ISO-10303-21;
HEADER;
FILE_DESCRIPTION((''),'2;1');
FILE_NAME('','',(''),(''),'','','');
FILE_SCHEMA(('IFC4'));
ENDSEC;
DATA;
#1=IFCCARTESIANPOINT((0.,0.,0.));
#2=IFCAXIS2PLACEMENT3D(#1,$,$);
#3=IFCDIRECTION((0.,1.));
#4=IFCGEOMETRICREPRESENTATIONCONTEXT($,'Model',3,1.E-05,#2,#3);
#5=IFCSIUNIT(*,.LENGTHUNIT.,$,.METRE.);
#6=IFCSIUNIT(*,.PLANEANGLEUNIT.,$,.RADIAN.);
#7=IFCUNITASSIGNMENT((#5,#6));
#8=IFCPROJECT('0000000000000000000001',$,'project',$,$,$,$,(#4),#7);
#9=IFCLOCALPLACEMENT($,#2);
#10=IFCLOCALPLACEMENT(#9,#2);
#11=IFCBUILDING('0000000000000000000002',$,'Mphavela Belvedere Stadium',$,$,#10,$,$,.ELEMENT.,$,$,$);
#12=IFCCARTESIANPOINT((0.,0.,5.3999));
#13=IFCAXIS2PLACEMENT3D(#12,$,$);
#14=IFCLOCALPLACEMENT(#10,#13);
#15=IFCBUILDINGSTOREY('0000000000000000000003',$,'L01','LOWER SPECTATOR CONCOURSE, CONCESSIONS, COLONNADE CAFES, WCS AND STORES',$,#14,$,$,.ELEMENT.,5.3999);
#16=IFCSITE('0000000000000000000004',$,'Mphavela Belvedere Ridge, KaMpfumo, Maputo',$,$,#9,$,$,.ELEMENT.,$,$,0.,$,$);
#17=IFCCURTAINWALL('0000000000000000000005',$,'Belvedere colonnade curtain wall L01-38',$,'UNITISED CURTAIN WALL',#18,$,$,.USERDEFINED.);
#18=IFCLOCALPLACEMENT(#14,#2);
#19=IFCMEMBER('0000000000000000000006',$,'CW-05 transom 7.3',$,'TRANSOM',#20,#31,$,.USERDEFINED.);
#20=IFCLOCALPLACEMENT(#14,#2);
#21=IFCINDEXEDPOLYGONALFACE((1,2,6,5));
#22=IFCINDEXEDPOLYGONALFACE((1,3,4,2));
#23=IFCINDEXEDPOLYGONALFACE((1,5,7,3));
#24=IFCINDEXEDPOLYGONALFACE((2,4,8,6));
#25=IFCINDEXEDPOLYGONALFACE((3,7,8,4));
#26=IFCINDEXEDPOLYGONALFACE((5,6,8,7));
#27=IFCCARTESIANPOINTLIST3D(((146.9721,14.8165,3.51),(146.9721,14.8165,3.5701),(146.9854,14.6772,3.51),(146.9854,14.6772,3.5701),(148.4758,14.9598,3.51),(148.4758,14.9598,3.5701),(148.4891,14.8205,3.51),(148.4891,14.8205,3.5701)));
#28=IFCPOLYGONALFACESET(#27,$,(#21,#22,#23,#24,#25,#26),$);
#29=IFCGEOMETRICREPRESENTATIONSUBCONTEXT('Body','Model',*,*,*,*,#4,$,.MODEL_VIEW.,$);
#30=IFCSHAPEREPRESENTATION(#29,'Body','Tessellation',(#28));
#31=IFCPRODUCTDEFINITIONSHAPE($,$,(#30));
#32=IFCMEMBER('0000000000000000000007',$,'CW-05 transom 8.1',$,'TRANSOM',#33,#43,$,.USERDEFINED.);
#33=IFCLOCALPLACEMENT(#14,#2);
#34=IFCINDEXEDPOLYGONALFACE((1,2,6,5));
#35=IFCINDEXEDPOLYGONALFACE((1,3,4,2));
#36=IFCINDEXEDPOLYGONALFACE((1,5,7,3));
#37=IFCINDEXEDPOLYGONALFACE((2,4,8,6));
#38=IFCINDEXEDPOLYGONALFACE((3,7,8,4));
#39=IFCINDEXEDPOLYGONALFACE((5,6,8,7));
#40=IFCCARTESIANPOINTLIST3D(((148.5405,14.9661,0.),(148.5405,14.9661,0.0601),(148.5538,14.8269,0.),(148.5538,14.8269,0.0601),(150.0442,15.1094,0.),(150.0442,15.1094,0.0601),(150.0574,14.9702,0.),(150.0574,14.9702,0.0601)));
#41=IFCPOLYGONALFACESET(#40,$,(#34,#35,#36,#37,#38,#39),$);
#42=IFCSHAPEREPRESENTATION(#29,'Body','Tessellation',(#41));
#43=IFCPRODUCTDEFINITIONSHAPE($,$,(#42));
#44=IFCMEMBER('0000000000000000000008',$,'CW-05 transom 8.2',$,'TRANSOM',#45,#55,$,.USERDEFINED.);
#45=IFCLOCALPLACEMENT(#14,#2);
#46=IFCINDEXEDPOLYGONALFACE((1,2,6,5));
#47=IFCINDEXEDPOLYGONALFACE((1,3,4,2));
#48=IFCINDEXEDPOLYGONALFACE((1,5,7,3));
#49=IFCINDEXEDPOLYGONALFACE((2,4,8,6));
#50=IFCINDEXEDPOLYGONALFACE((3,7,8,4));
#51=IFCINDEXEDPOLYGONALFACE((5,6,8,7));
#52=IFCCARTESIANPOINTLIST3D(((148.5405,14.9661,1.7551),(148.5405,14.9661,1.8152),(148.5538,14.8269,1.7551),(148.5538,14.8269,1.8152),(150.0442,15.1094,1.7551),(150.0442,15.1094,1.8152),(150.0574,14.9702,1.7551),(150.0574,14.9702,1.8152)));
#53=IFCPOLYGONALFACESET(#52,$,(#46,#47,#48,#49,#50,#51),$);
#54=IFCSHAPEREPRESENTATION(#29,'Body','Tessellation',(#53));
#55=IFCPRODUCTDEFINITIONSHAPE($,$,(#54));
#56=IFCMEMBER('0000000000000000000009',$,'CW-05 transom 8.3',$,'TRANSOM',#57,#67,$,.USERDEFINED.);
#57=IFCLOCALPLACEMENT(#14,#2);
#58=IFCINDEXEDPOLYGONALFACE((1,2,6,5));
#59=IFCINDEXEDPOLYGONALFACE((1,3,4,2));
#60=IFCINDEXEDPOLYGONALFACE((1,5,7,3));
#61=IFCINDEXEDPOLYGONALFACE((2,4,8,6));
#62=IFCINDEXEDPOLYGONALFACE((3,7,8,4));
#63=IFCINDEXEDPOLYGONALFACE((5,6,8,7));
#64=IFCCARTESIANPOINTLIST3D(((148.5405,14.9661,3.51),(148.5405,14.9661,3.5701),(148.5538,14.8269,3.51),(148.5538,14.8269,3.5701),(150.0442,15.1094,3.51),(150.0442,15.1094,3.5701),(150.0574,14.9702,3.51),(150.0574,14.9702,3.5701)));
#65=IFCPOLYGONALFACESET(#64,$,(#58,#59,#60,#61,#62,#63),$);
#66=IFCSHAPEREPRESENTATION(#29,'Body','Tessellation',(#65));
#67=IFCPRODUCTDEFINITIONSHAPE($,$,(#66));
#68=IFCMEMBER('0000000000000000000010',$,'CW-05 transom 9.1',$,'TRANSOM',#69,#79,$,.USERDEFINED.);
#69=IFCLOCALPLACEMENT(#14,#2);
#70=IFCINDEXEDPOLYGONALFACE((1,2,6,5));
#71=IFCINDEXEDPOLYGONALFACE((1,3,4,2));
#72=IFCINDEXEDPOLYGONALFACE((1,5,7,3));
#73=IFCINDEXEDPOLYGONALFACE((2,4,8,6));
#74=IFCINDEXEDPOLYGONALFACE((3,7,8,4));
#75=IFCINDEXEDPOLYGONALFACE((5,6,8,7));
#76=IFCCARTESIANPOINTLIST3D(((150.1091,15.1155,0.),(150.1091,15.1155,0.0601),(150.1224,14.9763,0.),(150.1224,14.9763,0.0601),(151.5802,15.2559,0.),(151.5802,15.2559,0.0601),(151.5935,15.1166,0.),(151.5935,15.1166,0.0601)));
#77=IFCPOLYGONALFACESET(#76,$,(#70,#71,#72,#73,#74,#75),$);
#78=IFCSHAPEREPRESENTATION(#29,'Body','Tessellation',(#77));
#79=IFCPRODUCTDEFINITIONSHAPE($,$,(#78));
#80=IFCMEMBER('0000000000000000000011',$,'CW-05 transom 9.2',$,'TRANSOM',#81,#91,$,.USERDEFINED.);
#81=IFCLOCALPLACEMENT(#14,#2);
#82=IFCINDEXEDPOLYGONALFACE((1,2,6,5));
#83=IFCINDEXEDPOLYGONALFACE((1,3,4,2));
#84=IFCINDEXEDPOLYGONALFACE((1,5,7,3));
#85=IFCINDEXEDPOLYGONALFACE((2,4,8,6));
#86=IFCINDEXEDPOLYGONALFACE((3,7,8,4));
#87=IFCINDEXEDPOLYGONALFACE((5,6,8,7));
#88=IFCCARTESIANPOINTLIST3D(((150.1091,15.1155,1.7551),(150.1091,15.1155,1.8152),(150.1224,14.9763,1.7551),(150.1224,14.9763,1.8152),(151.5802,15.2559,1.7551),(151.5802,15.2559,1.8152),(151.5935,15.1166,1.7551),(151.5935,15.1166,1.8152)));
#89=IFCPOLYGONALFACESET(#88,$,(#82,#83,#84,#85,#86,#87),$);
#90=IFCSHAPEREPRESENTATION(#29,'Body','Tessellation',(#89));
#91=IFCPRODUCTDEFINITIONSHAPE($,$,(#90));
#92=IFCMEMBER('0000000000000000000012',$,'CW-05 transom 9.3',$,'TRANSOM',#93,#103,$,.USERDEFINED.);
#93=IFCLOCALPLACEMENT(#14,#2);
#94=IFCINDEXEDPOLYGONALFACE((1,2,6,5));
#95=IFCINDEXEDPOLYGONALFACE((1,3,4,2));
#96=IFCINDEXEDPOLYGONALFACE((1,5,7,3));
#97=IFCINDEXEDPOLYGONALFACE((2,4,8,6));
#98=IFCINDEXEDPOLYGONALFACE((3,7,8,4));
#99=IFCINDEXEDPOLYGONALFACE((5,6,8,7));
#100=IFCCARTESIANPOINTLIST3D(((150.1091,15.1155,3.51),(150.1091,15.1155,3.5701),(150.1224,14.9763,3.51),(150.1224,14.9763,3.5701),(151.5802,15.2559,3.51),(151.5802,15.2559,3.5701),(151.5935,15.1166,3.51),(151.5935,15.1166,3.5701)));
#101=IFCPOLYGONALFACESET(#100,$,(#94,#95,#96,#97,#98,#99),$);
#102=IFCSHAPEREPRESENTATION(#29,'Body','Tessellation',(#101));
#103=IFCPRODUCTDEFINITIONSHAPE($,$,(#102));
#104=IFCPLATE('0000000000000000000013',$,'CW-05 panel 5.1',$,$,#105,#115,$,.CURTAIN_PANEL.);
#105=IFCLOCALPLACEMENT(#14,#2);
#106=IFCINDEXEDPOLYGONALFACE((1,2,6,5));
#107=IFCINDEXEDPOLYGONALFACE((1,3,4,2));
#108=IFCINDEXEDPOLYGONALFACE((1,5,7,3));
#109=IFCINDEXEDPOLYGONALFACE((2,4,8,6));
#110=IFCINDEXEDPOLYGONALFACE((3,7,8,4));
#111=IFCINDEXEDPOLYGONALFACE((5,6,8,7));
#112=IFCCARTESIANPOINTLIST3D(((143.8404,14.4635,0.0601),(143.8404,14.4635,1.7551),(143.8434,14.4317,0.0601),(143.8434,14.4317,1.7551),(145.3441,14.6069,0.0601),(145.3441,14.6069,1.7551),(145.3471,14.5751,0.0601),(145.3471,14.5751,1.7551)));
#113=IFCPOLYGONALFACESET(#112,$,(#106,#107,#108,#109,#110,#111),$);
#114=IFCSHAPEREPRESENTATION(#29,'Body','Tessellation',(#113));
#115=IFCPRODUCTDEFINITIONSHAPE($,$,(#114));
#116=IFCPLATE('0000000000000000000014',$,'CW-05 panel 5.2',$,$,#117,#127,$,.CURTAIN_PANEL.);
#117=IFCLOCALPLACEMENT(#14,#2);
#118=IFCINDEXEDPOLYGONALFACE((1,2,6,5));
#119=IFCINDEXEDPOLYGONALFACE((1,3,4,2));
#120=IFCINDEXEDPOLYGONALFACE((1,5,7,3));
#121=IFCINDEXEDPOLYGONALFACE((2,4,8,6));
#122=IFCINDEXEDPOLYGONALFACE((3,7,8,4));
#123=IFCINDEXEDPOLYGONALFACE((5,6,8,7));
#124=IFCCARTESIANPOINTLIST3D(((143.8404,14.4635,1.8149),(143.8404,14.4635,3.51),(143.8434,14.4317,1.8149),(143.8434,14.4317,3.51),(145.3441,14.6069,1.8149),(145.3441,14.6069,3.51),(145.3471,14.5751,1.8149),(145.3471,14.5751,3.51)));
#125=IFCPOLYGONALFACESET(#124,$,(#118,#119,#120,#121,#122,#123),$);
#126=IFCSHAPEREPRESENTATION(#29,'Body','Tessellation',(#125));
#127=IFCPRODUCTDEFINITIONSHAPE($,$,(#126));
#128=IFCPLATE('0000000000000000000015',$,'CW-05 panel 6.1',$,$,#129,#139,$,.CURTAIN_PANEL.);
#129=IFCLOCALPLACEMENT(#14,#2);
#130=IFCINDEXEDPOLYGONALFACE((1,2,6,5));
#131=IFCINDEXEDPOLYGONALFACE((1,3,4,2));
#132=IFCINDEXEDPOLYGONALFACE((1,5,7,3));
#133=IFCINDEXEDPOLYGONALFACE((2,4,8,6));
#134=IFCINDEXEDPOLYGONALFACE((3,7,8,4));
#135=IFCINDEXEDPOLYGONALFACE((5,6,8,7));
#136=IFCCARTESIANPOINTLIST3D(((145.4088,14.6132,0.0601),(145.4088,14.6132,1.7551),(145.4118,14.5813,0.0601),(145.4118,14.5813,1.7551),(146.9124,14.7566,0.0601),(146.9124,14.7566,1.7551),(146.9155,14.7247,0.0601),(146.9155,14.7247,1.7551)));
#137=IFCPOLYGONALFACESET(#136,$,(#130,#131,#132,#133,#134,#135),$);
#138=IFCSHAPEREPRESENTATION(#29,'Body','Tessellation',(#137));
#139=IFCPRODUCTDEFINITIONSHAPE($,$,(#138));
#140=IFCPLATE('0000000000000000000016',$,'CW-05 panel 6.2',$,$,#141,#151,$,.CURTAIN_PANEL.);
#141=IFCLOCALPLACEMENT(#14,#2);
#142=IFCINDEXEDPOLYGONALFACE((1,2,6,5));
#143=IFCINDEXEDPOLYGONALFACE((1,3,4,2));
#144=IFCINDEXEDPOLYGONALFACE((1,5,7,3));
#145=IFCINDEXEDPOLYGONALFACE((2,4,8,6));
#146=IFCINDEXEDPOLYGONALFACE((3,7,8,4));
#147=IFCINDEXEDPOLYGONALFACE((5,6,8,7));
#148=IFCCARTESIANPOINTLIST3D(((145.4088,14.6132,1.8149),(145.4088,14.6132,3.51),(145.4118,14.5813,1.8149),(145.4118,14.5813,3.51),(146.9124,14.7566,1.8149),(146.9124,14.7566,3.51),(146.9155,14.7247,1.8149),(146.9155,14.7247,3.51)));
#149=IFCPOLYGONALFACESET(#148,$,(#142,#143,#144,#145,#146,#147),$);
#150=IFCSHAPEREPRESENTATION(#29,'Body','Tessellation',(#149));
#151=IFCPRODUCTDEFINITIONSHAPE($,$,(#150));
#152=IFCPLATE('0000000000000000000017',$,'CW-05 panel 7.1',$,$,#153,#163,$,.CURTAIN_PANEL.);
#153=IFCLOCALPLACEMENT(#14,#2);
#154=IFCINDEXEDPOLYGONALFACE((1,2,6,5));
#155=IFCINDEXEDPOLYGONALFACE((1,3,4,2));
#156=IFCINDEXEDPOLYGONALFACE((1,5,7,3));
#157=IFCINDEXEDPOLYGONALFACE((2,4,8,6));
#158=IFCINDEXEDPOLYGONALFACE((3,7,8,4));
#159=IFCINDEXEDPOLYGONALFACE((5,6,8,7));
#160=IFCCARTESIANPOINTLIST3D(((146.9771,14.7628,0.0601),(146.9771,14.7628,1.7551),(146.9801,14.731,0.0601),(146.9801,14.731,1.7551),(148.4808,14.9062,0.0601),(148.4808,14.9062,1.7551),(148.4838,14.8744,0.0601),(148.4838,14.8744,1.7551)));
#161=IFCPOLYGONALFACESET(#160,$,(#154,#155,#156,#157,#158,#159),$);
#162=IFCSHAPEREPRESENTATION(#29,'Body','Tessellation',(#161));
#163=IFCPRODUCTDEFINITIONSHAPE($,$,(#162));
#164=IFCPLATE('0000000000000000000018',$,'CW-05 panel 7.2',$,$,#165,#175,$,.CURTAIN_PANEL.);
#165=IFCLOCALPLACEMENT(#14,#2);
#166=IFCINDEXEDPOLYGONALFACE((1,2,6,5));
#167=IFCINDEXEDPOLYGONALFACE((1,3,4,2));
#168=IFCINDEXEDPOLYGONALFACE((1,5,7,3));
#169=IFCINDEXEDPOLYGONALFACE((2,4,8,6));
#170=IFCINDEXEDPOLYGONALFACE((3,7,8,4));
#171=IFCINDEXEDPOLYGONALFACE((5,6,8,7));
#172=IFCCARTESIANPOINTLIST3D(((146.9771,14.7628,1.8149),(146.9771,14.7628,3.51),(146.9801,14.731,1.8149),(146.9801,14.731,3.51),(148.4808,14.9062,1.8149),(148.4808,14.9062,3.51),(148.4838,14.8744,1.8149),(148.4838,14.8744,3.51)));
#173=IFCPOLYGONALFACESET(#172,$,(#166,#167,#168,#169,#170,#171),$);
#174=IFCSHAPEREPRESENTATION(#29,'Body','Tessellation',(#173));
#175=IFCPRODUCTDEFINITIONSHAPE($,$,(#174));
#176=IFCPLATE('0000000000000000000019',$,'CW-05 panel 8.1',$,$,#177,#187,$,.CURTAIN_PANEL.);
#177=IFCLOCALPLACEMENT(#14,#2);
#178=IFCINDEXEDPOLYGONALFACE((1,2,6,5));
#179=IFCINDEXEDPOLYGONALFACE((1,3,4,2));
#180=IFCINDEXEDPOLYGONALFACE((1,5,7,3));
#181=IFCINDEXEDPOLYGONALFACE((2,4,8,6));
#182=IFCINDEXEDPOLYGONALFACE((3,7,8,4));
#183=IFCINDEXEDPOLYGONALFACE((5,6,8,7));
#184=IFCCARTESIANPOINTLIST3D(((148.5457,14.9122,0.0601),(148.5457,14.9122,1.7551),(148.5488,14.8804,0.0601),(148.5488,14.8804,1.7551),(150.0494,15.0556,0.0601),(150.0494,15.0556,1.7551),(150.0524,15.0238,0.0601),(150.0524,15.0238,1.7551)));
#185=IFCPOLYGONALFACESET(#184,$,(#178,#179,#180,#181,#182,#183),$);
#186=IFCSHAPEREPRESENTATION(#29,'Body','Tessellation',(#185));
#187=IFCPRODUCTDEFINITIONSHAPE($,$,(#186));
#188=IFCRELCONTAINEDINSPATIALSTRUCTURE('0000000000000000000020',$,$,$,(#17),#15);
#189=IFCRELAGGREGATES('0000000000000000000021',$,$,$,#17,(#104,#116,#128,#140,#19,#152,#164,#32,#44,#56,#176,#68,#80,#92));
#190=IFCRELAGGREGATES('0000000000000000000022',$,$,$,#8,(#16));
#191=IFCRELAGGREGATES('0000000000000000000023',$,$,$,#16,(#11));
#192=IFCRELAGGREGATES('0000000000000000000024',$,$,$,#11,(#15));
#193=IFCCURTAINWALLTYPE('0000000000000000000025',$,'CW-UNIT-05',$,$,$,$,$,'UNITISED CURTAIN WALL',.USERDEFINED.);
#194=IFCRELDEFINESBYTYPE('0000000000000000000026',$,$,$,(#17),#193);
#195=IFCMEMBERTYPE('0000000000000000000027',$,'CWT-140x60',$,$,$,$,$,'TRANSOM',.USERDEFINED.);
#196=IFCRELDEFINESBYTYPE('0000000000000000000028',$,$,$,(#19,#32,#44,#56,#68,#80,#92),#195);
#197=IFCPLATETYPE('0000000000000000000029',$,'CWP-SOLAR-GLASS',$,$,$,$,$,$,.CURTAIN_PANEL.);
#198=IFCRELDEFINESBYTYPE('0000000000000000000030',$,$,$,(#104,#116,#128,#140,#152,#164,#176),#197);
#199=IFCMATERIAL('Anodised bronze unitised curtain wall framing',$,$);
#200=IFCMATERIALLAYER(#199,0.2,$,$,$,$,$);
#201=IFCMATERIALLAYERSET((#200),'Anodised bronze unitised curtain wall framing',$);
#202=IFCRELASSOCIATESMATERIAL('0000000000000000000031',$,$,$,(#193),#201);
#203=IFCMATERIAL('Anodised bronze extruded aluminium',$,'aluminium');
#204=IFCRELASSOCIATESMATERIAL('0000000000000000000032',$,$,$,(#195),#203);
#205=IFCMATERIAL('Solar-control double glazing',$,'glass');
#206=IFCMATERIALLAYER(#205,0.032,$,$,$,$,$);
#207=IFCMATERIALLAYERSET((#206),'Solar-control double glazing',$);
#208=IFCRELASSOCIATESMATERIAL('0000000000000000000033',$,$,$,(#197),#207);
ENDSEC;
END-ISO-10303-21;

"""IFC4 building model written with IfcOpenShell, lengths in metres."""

from ifc_helpers import new_model, si_unit, direction, frame, origin, origin_2d, place, context, subcontext, project, spatial, rectangle, extrude, material, layer, layer_set, material_profile, profile_set, type_object, element, aggregate, save


model = new_model("IFC4")

# Units and contexts
model_context = context("Model", 3, precision=1e-05, world=origin(), true_north=direction((0.0, 1.0)))
body_context = subcontext(model_context, "Body", "Model", "MODEL_VIEW")
ifc_project = project(units=[si_unit("LENGTHUNIT", "METRE"), si_unit("PLANEANGLEUNIT", "RADIAN")], contexts=[model_context])

# Site, building, storey
site_placement = place(None, origin())
site = spatial("IfcSite", under=ifc_project, at=site_placement, Name="Mphavela Belvedere Ridge, KaMpfumo, Maputo", CompositionType="ELEMENT", RefElevation=0.0)
building_placement = place(site_placement, origin())
building = spatial("IfcBuilding", under=site, at=building_placement, Name="Mphavela Belvedere Stadium", CompositionType="ELEMENT")
storey_placement = place(building_placement, frame((0.0, 0.0, 5.3999)))
storey = spatial("IfcBuildingStorey", under=building, at=storey_placement, Name="L01", Description="LOWER SPECTATOR CONCOURSE, CONCESSIONS, COLONNADE CAFES, WCS AND STORES", CompositionType="ELEMENT", Elevation=5.3999)

# Curtain wall, members, plates
ifc_material_1 = material(Name="Anodised bronze unitised curtain wall framing")
ifc_layer_1 = layer(ifc_material_1, 0.2)
ifc_layer_set_1 = layer_set([ifc_layer_1], Name="Anodised bronze unitised curtain wall framing")
curtain_wall_type = type_object("IfcCurtainWallType", Name="CW-UNIT-05", ElementType="UNITISED CURTAIN WALL", PredefinedType="USERDEFINED", material=ifc_layer_set_1)
curtain_wall_placement = place(storey_placement, origin())
curtain_wall = element("IfcCurtainWall", 1, at=curtain_wall_placement, inside=storey, type_object=curtain_wall_type, Name="Belvedere colonnade curtain wall L01-38", ObjectType="UNITISED CURTAIN WALL", PredefinedType="USERDEFINED")
ifc_material_2 = material(Name="Anodised bronze extruded aluminium", Category="aluminium")
ifc_material_profile_1 = material_profile(ifc_material_2, rectangle(XDim=0.1399, YDim=0.0601, at=origin_2d()), Name="CW-TRN 140x60")
ifc_profile_set_1 = profile_set([ifc_material_profile_1], Name="Anodised bronze extruded aluminium")
member_type_1 = type_object("IfcMemberType", Name="CWT-140x60", ElementType="TRANSOM", PredefinedType="USERDEFINED", material=ifc_profile_set_1)
member_1_placement = place(storey_placement, frame((146.9788, 14.7468, 3.54), z_axis=(0.995489, 0.094878, 0.0), x_axis=(-0.094878, 0.995489, 0.0)))
member_1 = element("IfcMember", 2, at=member_1_placement, type_object=member_type_1, Name="CW-05 transom 7.3", ObjectType="TRANSOM", PredefinedType="USERDEFINED", context=body_context, shape_type="SweptSolid", body=[
    extrude(rectangle(XDim=0.1399, YDim=0.0601, at=origin_2d()), origin(), (0.0, 0.0, 1.0), 1.5105),
])
member_2_placement = place(storey_placement, frame((148.5471, 14.8965, 0.03), z_axis=(0.995489, 0.094878, 0.0), x_axis=(-0.094878, 0.995489, 0.0)))
member_2 = element("IfcMember", 3, at=member_2_placement, type_object=member_type_1, Name="CW-05 transom 8.1", ObjectType="TRANSOM", PredefinedType="USERDEFINED", context=body_context, shape_type="SweptSolid", body=[
    extrude(rectangle(XDim=0.1399, YDim=0.0601, at=origin_2d()), origin(), (0.0, 0.0, 1.0), 1.5105),
])
member_3_placement = place(storey_placement, frame((148.5471, 14.8965, 1.7852), z_axis=(0.995489, 0.094878, 0.0), x_axis=(-0.094878, 0.995489, 0.0)))
member_3 = element("IfcMember", 4, at=member_3_placement, type_object=member_type_1, Name="CW-05 transom 8.2", ObjectType="TRANSOM", PredefinedType="USERDEFINED", context=body_context, shape_type="SweptSolid", body=[
    extrude(rectangle(XDim=0.1399, YDim=0.0601, at=origin_2d()), origin(), (0.0, 0.0, 1.0), 1.5105),
])
member_4_placement = place(storey_placement, frame((148.5471, 14.8965, 3.54), z_axis=(0.995489, 0.094878, 0.0), x_axis=(-0.094878, 0.995489, 0.0)))
member_4 = element("IfcMember", 5, at=member_4_placement, type_object=member_type_1, Name="CW-05 transom 8.3", ObjectType="TRANSOM", PredefinedType="USERDEFINED", context=body_context, shape_type="SweptSolid", body=[
    extrude(rectangle(XDim=0.1399, YDim=0.0601, at=origin_2d()), origin(), (0.0, 0.0, 1.0), 1.5105),
])
member_5_placement = place(storey_placement, frame((150.1157, 15.0459, 0.03), z_axis=(0.995478, 0.094988, 0.0), x_axis=(-0.094988, 0.995478, 0.0)))
member_5 = element("IfcMember", 6, at=member_5_placement, type_object=member_type_1, Name="CW-05 transom 9.1", ObjectType="TRANSOM", PredefinedType="USERDEFINED", context=body_context, shape_type="SweptSolid", body=[
    extrude(rectangle(XDim=0.1399, YDim=0.0601, at=origin_2d()), origin(), (0.0, 0.0, 1.0), 1.4778),
])
member_6_placement = place(storey_placement, frame((150.1157, 15.0459, 1.7852), z_axis=(0.995478, 0.094988, 0.0), x_axis=(-0.094988, 0.995478, 0.0)))
member_6 = element("IfcMember", 7, at=member_6_placement, type_object=member_type_1, Name="CW-05 transom 9.2", ObjectType="TRANSOM", PredefinedType="USERDEFINED", context=body_context, shape_type="SweptSolid", body=[
    extrude(rectangle(XDim=0.1399, YDim=0.0601, at=origin_2d()), origin(), (0.0, 0.0, 1.0), 1.4778),
])
member_7_placement = place(storey_placement, frame((150.1157, 15.0459, 3.54), z_axis=(0.995478, 0.094988, 0.0), x_axis=(-0.094988, 0.995478, 0.0)))
member_7 = element("IfcMember", 8, at=member_7_placement, type_object=member_type_1, Name="CW-05 transom 9.3", ObjectType="TRANSOM", PredefinedType="USERDEFINED", context=body_context, shape_type="SweptSolid", body=[
    extrude(rectangle(XDim=0.1399, YDim=0.0601, at=origin_2d()), origin(), (0.0, 0.0, 1.0), 1.4778),
])
ifc_material_3 = material(Name="Solar-control double glazing", Category="glass")
ifc_layer_2 = layer(ifc_material_3, 0.032)
ifc_layer_set_2 = layer_set([ifc_layer_2], Name="Solar-control double glazing")
plate_type = type_object("IfcPlateType", Name="CWP-SOLAR-GLASS", PredefinedType="CURTAIN_PANEL", material=ifc_layer_set_2)
plate_1_placement = place(storey_placement, frame((144.5938, 14.5193, 0.0601), z_axis=(0.0, 0.0, 1.0), x_axis=(0.995485, 0.094922, 0.0)))
plate_1 = element("IfcPlate", 9, at=plate_1_placement, type_object=plate_type, Name="CW-05 panel 5.1", PredefinedType="CURTAIN_PANEL", context=body_context, shape_type="SweptSolid", body=[
    extrude(rectangle(XDim=1.5105, YDim=0.032, at=origin_2d()), origin(), (0.0, 0.0, 1.0), 1.6951),
])
plate_2_placement = place(storey_placement, frame((144.5938, 14.5193, 1.8149), z_axis=(0.0, 0.0, 1.0), x_axis=(0.995485, 0.094922, 0.0)))
plate_2 = element("IfcPlate", 10, at=plate_2_placement, type_object=plate_type, Name="CW-05 panel 5.2", PredefinedType="CURTAIN_PANEL", context=body_context, shape_type="SweptSolid", body=[
    extrude(rectangle(XDim=1.5105, YDim=0.032, at=origin_2d()), origin(), (0.0, 0.0, 1.0), 1.6951),
])
plate_3_placement = place(storey_placement, frame((146.1621, 14.6689, 0.0601), z_axis=(0.0, 0.0, 1.0), x_axis=(0.995485, 0.094922, 0.0)))
plate_3 = element("IfcPlate", 11, at=plate_3_placement, type_object=plate_type, Name="CW-05 panel 6.1", PredefinedType="CURTAIN_PANEL", context=body_context, shape_type="SweptSolid", body=[
    extrude(rectangle(XDim=1.5105, YDim=0.032, at=origin_2d()), origin(), (0.0, 0.0, 1.0), 1.6951),
])
plate_4_placement = place(storey_placement, frame((146.1621, 14.6689, 1.8149), z_axis=(0.0, 0.0, 1.0), x_axis=(0.995485, 0.094922, 0.0)))
plate_4 = element("IfcPlate", 12, at=plate_4_placement, type_object=plate_type, Name="CW-05 panel 6.2", PredefinedType="CURTAIN_PANEL", context=body_context, shape_type="SweptSolid", body=[
    extrude(rectangle(XDim=1.5105, YDim=0.032, at=origin_2d()), origin(), (0.0, 0.0, 1.0), 1.6951),
])
plate_5_placement = place(storey_placement, frame((147.7305, 14.8186, 0.0601), z_axis=(0.0, 0.0, 1.0), x_axis=(0.995485, 0.094922, 0.0)))
plate_5 = element("IfcPlate", 13, at=plate_5_placement, type_object=plate_type, Name="CW-05 panel 7.1", PredefinedType="CURTAIN_PANEL", context=body_context, shape_type="SweptSolid", body=[
    extrude(rectangle(XDim=1.5105, YDim=0.032, at=origin_2d()), origin(), (0.0, 0.0, 1.0), 1.6951),
])
plate_6_placement = place(storey_placement, frame((147.7305, 14.8186, 1.8149), z_axis=(0.0, 0.0, 1.0), x_axis=(0.995485, 0.094922, 0.0)))
plate_6 = element("IfcPlate", 14, at=plate_6_placement, type_object=plate_type, Name="CW-05 panel 7.2", PredefinedType="CURTAIN_PANEL", context=body_context, shape_type="SweptSolid", body=[
    extrude(rectangle(XDim=1.5105, YDim=0.032, at=origin_2d()), origin(), (0.0, 0.0, 1.0), 1.6951),
])
plate_7_placement = place(storey_placement, frame((149.2991, 14.968, 0.0601), z_axis=(0.0, 0.0, 1.0), x_axis=(0.995485, 0.094922, 0.0)))
plate_7 = element("IfcPlate", 15, at=plate_7_placement, type_object=plate_type, Name="CW-05 panel 8.1", PredefinedType="CURTAIN_PANEL", context=body_context, shape_type="SweptSolid", body=[
    extrude(rectangle(XDim=1.5105, YDim=0.032, at=origin_2d()), origin(), (0.0, 0.0, 1.0), 1.6951),
])
aggregate(curtain_wall, [plate_1, plate_2, plate_3, plate_4, member_1, plate_5, plate_6, member_2, member_3, member_4, plate_7, member_5, member_6, member_7])

save(model, "model.ifc")
